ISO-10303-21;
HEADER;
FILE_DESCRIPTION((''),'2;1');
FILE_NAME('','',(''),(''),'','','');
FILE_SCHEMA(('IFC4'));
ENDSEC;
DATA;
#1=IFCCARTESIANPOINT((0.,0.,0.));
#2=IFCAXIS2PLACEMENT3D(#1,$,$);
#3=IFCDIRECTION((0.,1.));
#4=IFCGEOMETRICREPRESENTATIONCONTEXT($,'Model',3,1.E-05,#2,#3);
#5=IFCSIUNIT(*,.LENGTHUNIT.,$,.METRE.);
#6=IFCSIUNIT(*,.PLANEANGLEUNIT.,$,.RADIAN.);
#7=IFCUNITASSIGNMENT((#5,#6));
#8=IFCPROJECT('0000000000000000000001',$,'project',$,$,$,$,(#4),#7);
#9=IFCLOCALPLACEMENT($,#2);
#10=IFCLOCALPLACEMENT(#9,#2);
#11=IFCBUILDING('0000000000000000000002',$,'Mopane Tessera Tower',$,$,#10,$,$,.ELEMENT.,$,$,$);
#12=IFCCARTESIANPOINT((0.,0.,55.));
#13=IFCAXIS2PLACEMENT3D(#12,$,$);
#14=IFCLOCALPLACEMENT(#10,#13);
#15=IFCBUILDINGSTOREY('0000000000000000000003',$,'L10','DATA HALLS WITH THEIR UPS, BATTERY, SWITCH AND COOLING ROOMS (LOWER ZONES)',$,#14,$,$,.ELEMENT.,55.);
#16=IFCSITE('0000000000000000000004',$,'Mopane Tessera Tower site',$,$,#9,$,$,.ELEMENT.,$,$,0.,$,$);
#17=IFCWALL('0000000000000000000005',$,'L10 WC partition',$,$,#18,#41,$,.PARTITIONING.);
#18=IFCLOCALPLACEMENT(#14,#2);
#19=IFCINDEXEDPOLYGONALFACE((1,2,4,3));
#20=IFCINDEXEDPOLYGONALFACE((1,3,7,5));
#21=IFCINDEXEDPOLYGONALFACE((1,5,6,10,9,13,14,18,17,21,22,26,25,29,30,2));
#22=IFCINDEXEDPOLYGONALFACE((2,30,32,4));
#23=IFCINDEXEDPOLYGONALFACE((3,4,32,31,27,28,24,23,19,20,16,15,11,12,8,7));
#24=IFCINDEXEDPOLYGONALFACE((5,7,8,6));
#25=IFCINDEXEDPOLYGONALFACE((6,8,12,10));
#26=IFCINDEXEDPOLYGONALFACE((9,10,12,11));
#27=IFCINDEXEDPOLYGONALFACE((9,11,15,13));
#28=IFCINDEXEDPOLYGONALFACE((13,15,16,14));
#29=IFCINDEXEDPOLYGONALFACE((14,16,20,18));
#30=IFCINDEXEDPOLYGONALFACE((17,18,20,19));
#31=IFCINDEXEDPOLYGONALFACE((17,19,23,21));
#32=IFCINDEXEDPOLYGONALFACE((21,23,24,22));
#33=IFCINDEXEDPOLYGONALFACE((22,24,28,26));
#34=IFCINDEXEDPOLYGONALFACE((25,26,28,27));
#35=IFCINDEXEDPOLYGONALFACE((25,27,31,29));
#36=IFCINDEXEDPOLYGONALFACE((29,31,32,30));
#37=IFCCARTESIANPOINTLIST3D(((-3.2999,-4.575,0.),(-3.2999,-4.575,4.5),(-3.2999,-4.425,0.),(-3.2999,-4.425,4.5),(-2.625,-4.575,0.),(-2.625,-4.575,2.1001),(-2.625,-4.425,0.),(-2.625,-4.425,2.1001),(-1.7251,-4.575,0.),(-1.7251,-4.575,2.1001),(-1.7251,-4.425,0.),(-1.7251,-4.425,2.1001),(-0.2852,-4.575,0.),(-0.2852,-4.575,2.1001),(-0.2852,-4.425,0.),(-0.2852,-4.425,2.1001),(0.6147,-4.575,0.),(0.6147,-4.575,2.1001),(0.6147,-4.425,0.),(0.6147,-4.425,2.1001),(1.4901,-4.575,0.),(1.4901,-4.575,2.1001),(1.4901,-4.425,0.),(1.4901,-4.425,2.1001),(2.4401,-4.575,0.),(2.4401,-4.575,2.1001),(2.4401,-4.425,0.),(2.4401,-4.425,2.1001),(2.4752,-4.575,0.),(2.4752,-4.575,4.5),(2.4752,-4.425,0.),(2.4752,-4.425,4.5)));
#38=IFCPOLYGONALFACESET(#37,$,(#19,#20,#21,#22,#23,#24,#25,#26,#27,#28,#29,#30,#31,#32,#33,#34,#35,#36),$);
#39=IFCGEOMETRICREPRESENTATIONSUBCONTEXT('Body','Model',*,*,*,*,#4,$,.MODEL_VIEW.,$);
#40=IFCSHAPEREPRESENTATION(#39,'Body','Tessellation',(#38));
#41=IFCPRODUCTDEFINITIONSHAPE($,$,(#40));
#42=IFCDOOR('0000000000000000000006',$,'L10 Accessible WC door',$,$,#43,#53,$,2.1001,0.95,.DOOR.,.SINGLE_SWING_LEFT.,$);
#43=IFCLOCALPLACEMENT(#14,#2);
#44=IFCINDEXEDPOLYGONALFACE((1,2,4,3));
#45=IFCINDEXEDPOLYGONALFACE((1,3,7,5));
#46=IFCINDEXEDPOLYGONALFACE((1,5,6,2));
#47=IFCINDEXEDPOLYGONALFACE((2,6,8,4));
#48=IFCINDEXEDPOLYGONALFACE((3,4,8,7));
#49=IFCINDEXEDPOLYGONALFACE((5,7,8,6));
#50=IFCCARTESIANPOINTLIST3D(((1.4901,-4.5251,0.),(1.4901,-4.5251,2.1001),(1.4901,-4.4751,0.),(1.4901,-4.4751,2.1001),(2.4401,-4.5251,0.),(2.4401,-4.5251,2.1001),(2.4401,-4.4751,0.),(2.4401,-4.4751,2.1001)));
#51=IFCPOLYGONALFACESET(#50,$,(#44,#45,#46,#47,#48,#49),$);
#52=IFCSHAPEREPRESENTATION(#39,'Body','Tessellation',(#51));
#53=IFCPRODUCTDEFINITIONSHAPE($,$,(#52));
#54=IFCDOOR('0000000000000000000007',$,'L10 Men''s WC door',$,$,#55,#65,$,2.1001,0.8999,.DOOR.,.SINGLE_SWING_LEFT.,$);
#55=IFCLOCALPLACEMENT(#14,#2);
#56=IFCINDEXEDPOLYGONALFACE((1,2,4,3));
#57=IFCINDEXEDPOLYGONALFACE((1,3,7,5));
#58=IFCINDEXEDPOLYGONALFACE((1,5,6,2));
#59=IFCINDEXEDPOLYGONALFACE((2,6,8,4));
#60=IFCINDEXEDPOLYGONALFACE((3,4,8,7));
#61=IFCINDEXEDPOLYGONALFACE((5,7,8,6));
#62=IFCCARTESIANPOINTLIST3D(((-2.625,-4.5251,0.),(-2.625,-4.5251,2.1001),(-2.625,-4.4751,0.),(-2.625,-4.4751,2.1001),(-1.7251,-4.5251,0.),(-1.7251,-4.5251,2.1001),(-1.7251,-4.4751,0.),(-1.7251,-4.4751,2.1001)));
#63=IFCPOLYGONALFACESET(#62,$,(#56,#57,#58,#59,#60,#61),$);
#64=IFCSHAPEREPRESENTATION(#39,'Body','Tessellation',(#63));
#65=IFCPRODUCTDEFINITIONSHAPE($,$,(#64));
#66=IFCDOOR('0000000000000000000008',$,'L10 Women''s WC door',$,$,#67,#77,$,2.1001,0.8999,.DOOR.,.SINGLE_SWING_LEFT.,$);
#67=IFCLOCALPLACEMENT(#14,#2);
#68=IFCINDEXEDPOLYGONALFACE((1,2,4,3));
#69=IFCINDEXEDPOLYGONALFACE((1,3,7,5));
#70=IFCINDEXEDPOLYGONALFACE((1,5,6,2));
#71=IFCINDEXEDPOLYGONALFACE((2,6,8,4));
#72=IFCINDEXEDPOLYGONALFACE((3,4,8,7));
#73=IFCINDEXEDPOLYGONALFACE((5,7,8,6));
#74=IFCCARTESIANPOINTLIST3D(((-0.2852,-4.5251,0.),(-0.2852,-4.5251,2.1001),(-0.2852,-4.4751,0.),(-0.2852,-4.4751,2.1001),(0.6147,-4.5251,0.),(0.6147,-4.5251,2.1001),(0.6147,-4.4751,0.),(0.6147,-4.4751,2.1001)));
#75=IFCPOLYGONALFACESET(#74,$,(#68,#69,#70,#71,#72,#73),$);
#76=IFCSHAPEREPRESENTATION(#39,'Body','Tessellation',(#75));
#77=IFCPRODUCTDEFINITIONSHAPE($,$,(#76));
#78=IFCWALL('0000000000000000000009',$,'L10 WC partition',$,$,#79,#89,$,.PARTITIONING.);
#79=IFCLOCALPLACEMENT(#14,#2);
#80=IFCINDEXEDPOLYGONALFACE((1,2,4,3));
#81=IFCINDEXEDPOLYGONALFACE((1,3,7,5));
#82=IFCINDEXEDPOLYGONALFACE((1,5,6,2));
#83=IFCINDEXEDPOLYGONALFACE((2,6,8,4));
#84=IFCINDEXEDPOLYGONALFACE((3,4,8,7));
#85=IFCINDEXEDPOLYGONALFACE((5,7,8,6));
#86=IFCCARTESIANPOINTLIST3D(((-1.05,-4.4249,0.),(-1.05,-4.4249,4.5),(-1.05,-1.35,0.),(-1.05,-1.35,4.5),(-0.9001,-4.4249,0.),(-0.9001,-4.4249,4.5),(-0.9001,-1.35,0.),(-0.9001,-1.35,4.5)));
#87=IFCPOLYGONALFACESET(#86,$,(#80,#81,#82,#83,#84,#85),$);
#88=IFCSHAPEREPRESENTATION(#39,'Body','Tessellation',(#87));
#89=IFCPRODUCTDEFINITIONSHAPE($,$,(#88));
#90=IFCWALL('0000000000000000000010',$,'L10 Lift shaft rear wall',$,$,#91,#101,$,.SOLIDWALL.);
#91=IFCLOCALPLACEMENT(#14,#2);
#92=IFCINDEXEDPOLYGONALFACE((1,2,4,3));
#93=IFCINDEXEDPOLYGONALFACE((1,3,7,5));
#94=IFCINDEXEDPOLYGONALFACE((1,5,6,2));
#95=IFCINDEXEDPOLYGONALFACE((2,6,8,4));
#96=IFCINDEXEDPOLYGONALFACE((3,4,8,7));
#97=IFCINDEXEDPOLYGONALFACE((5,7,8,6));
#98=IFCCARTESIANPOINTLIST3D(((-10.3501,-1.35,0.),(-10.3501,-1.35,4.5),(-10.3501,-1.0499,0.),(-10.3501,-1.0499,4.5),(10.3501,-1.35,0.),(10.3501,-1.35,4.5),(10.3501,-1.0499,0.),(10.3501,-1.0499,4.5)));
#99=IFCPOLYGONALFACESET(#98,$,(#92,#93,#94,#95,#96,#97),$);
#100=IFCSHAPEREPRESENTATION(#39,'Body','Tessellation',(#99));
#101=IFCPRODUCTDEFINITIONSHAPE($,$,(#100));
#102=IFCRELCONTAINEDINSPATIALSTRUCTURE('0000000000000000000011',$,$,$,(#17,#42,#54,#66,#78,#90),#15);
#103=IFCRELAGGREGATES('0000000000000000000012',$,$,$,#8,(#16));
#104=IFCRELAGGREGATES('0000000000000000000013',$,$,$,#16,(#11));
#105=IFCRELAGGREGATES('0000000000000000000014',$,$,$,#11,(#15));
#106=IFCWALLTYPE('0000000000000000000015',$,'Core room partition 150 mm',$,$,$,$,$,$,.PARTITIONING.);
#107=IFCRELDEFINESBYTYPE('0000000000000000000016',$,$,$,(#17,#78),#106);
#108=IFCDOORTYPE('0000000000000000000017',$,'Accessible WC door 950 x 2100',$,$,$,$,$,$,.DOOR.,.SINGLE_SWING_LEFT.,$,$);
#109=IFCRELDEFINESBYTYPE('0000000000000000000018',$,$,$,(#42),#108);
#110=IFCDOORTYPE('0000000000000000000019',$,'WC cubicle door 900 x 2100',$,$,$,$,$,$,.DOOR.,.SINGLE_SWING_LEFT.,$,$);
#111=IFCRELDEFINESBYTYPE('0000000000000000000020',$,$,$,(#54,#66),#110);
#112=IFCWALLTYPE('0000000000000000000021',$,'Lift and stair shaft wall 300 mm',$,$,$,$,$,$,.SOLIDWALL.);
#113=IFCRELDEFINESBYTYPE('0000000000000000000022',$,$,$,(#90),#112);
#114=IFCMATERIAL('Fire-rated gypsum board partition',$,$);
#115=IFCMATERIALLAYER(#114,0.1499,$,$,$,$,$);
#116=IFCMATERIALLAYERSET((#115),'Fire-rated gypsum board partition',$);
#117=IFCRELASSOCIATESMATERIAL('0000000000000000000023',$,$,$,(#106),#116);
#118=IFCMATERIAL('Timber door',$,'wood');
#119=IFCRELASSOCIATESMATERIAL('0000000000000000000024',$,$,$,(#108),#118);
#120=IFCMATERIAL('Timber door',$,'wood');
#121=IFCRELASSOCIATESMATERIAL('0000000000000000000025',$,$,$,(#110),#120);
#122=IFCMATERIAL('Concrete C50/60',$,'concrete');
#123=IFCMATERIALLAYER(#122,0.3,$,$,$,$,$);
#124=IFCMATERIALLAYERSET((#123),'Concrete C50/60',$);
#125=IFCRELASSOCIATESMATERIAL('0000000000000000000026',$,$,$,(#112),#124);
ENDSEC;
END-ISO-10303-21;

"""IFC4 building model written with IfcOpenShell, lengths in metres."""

from ifc_helpers import new_model, si_unit, direction, frame, frame_2d, origin, place, context, subcontext, project, spatial, rectangle, extrude, material, layer, layer_set, type_object, element, fill, save


model = new_model("IFC4")

# Units and contexts
model_context = context("Model", 3, precision=1e-05, world=origin(), true_north=direction((0.0, 1.0)))
body_context = subcontext(model_context, "Body", "Model", "MODEL_VIEW")
ifc_project = project(units=[si_unit("LENGTHUNIT", "METRE"), si_unit("PLANEANGLEUNIT", "RADIAN")], contexts=[model_context])

# Site, building, storey
site_placement = place(None, origin())
site = spatial("IfcSite", under=ifc_project, at=site_placement, Name="Mopane Tessera Tower site", CompositionType="ELEMENT", RefElevation=0.0)
building_placement = place(site_placement, origin())
building = spatial("IfcBuilding", under=site, at=building_placement, Name="Mopane Tessera Tower", CompositionType="ELEMENT")
storey_placement = place(building_placement, frame((0.0, 0.0, 55.0)))
storey = spatial("IfcBuildingStorey", under=building, at=storey_placement, Name="L10", Description="DATA HALLS WITH THEIR UPS, BATTERY, SWITCH AND COOLING ROOMS (LOWER ZONES)", CompositionType="ELEMENT", Elevation=55.0)

# Shared definitions
ifc_material_1 = material(Name="Fire-rated gypsum board partition")
ifc_layer_1 = layer(ifc_material_1, 0.1499)
ifc_layer_set_1 = layer_set([ifc_layer_1], Name="Fire-rated gypsum board partition")
wall_type_1 = type_object("IfcWallType", Name="Core room partition 150 mm", PredefinedType="PARTITIONING", material=ifc_layer_set_1)

# Wall, openings, doors
wall_1_placement = place(storey_placement, frame((-3.3, -4.5, 0.0), z_axis=(0.0, 0.0, 1.0), x_axis=(1.0, 0.0, 0.0)))
wall_1 = element("IfcWall", 1, at=wall_1_placement, inside=storey, type_object=wall_type_1, Name="L10 WC partition", PredefinedType="PARTITIONING", context=body_context, shape_type="SweptSolid", body=[
    extrude(rectangle(XDim=5.7751, YDim=0.1499, at=frame_2d((2.8877, 0.0))), origin(), (0.0, 0.0, 1.0), 4.5),
])
opening_1_placement = place(wall_1_placement, frame((0.675, 0.0, 0.0)))
opening_1 = element("IfcOpeningElement", 2, at=opening_1_placement, cuts=wall_1, PredefinedType="OPENING", context=body_context, shape_type="SweptSolid", body=[
    extrude(rectangle(XDim=0.8999, YDim=2.1001, at=frame_2d((0.45, 1.05))), frame((0.0, 0.0869, 0.0), z_axis=(0.0, -1.0, 0.0), x_axis=(1.0, 0.0, 0.0)), (0.0, 0.0, 1.0), 0.1738),
])
opening_2_placement = place(wall_1_placement, frame((3.0149, 0.0, 0.0)))
opening_2 = element("IfcOpeningElement", 3, at=opening_2_placement, cuts=wall_1, PredefinedType="OPENING", context=body_context, shape_type="SweptSolid", body=[
    extrude(rectangle(XDim=0.8999, YDim=2.1001, at=frame_2d((0.45, 1.05))), frame((0.0, 0.0869, 0.0), z_axis=(0.0, -1.0, 0.0), x_axis=(1.0, 0.0, 0.0)), (0.0, 0.0, 1.0), 0.1738),
])
opening_3_placement = place(wall_1_placement, frame((4.79, 0.0, 0.0)))
opening_3 = element("IfcOpeningElement", 4, at=opening_3_placement, cuts=wall_1, PredefinedType="OPENING", context=body_context, shape_type="SweptSolid", body=[
    extrude(rectangle(XDim=0.95, YDim=2.1001, at=frame_2d((0.4751, 1.05))), frame((0.0, 0.0869, 0.0), z_axis=(0.0, -1.0, 0.0), x_axis=(1.0, 0.0, 0.0)), (0.0, 0.0, 1.0), 0.1738),
])
ifc_material_2 = material(Name="Timber door", Category="wood")
door_type_1 = type_object("IfcDoorType", Name="Accessible WC door 950 x 2100", OperationType="SINGLE_SWING_LEFT", PredefinedType="DOOR", material=ifc_material_2)
door_1_placement = place(opening_3_placement, origin())
door_1 = element("IfcDoor", 5, at=door_1_placement, inside=storey, type_object=door_type_1, Name="L10 Accessible WC door", OperationType="SINGLE_SWING_LEFT", OverallHeight=2.1001, OverallWidth=0.95, PredefinedType="DOOR", context=body_context, shape_type="SweptSolid", body=[
    extrude(rectangle(XDim=0.95, YDim=2.1001, at=frame_2d((0.4751, 1.05))), frame((0.0, 0.0249, 0.0), z_axis=(0.0, -1.0, 0.0), x_axis=(1.0, 0.0, 0.0)), (0.0, 0.0, 1.0), 0.05),
])
fill(opening_3, door_1)
ifc_material_3 = material(Name="Timber door", Category="wood")
door_type_2 = type_object("IfcDoorType", Name="WC cubicle door 900 x 2100", OperationType="SINGLE_SWING_LEFT", PredefinedType="DOOR", material=ifc_material_3)
door_2_placement = place(opening_1_placement, origin())
door_2 = element("IfcDoor", 6, at=door_2_placement, inside=storey, type_object=door_type_2, Name="L10 Men's WC door", OperationType="SINGLE_SWING_LEFT", OverallHeight=2.1001, OverallWidth=0.8999, PredefinedType="DOOR", context=body_context, shape_type="SweptSolid", body=[
    extrude(rectangle(XDim=0.8999, YDim=2.1001, at=frame_2d((0.45, 1.05))), frame((0.0, 0.0249, 0.0), z_axis=(0.0, -1.0, 0.0), x_axis=(1.0, 0.0, 0.0)), (0.0, 0.0, 1.0), 0.05),
])
fill(opening_1, door_2)
door_3_placement = place(opening_2_placement, origin())
door_3 = element("IfcDoor", 7, at=door_3_placement, inside=storey, type_object=door_type_2, Name="L10 Women's WC door", OperationType="SINGLE_SWING_LEFT", OverallHeight=2.1001, OverallWidth=0.8999, PredefinedType="DOOR", context=body_context, shape_type="SweptSolid", body=[
    extrude(rectangle(XDim=0.8999, YDim=2.1001, at=frame_2d((0.45, 1.05))), frame((0.0, 0.0249, 0.0), z_axis=(0.0, -1.0, 0.0), x_axis=(1.0, 0.0, 0.0)), (0.0, 0.0, 1.0), 0.05),
])
fill(opening_2, door_3)

# Walls
wall_2_placement = place(storey_placement, frame((-0.9751, -4.425, 0.0), z_axis=(0.0, 0.0, 1.0), x_axis=(0.0, 1.0, 0.0)))
element("IfcWall", 8, at=wall_2_placement, inside=storey, type_object=wall_type_1, Name="L10 WC partition", PredefinedType="PARTITIONING", context=body_context, shape_type="SweptSolid", body=[
    extrude(rectangle(XDim=3.075, YDim=0.1499, at=frame_2d((1.5376, 0.0))), origin(), (0.0, 0.0, 1.0), 4.5),
])
ifc_material_4 = material(Name="Concrete C50/60", Category="concrete")
ifc_layer_2 = layer(ifc_material_4, 0.3)
ifc_layer_set_2 = layer_set([ifc_layer_2], Name="Concrete C50/60")
wall_type_2 = type_object("IfcWallType", Name="Lift and stair shaft wall 300 mm", PredefinedType="SOLIDWALL", material=ifc_layer_set_2)
wall_3_placement = place(storey_placement, frame((-10.3501, -1.2, 0.0), z_axis=(0.0, 0.0, 1.0), x_axis=(1.0, 0.0, 0.0)))
element("IfcWall", 9, at=wall_3_placement, inside=storey, type_object=wall_type_2, Name="L10 Lift shaft rear wall", PredefinedType="SOLIDWALL", context=body_context, shape_type="SweptSolid", body=[
    extrude(rectangle(XDim=20.7002, YDim=0.3, at=frame_2d((10.3501, 0.0))), origin(), (0.0, 0.0, 1.0), 4.5),
])

save(model, "model.ifc")
